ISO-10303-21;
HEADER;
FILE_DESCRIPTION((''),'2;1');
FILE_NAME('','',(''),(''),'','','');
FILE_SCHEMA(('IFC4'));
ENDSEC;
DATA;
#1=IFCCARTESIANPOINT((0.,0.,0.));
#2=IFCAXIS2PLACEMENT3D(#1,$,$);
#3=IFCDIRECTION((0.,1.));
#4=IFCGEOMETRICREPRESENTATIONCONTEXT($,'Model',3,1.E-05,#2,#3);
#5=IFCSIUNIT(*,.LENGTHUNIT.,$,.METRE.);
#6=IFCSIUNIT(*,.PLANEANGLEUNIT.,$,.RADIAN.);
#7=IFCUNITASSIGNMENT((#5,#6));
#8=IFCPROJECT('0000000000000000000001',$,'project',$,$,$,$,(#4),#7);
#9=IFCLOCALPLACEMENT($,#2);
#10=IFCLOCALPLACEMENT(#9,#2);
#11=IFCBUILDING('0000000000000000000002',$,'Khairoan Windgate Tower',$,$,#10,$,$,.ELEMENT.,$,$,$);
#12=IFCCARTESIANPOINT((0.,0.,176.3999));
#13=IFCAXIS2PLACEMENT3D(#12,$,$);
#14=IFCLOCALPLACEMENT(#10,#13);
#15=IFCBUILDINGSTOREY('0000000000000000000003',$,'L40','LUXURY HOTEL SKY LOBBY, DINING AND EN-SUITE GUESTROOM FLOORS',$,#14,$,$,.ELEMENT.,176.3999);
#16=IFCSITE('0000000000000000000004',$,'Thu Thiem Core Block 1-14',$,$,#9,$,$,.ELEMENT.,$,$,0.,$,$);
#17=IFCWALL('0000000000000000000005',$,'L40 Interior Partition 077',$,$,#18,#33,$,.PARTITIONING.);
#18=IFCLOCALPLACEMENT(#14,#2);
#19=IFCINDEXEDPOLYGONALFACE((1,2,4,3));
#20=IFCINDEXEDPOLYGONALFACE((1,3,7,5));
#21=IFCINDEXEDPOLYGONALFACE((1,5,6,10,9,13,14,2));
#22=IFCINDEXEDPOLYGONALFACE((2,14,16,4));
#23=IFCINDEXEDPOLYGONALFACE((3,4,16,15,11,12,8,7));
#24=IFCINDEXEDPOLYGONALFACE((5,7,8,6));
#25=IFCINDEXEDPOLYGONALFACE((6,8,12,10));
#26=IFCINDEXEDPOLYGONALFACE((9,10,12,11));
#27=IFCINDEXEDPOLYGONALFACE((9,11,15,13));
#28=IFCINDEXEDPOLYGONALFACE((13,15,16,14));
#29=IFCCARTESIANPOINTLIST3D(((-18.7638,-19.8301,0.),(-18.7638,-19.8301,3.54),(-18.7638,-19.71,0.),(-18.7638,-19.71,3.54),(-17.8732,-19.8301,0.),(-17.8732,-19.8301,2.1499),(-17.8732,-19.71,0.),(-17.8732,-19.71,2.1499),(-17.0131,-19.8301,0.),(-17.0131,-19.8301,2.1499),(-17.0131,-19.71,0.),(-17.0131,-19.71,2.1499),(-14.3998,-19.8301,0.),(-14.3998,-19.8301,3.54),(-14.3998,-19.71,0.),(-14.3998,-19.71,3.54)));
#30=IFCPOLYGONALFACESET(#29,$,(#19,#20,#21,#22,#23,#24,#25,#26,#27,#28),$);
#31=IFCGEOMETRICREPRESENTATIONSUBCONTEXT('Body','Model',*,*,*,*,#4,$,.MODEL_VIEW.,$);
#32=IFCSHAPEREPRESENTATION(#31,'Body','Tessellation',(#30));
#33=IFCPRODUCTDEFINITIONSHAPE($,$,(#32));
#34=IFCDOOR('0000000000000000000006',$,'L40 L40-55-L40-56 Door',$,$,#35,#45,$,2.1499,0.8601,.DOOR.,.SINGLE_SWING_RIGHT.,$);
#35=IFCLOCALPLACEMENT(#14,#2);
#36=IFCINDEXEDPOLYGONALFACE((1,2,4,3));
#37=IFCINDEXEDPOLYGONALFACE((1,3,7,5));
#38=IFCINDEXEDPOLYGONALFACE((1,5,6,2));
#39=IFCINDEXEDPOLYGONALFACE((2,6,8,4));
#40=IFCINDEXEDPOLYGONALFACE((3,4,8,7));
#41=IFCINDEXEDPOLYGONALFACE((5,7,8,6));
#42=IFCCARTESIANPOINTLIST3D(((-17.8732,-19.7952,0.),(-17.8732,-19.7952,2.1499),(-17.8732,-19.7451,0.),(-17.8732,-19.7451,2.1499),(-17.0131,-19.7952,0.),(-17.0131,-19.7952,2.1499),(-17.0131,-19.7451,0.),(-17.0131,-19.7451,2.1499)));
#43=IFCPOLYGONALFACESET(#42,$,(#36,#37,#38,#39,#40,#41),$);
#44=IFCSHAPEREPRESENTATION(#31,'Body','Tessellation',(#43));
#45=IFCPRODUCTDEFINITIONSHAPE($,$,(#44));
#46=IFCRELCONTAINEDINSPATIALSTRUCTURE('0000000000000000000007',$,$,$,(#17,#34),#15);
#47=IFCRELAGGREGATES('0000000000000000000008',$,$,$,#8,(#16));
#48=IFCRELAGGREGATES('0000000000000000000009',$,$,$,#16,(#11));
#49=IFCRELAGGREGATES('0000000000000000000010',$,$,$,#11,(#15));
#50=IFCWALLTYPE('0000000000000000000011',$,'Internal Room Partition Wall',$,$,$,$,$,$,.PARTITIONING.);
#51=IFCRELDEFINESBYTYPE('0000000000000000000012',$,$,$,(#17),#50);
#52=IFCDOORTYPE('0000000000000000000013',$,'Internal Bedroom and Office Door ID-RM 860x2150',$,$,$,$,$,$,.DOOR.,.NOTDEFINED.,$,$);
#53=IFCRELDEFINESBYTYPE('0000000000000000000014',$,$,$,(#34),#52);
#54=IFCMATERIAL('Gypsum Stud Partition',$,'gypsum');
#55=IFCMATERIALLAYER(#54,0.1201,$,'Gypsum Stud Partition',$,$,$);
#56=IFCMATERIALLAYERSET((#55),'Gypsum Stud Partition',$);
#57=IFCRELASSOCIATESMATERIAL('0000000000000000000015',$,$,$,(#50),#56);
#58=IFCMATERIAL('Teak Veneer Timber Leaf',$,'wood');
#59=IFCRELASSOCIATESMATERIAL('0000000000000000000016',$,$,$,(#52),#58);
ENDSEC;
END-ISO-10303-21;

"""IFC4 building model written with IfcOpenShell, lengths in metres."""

from ifc_helpers import new_model, si_unit, direction, frame, frame_2d, origin, place, context, subcontext, project, spatial, rectangle, extrude, material, layer, layer_set, type_object, element, fill, save


model = new_model("IFC4")

# Units and contexts
model_context = context("Model", 3, precision=1e-05, world=origin(), true_north=direction((0.0, 1.0)))
body_context = subcontext(model_context, "Body", "Model", "MODEL_VIEW")
ifc_project = project(units=[si_unit("LENGTHUNIT", "METRE"), si_unit("PLANEANGLEUNIT", "RADIAN")], contexts=[model_context])

# Site, building, storey
site_placement = place(None, origin())
site = spatial("IfcSite", under=ifc_project, at=site_placement, Name="Thu Thiem Core Block 1-14", CompositionType="ELEMENT", RefElevation=0.0)
building_placement = place(site_placement, origin())
building = spatial("IfcBuilding", under=site, at=building_placement, Name="Khairoan Windgate Tower", CompositionType="ELEMENT")
storey_placement = place(building_placement, frame((0.0, 0.0, 176.3999)))
storey = spatial("IfcBuildingStorey", under=building, at=storey_placement, Name="L40", Description="LUXURY HOTEL SKY LOBBY, DINING AND EN-SUITE GUESTROOM FLOORS", CompositionType="ELEMENT", Elevation=176.3999)

# Wall, opening, door
ifc_material_1 = material(Name="Gypsum Stud Partition", Category="gypsum")
ifc_layer_1 = layer(ifc_material_1, 0.1201, Name="Gypsum Stud Partition")
ifc_layer_set_1 = layer_set([ifc_layer_1], Name="Gypsum Stud Partition")
wall_type_1 = type_object("IfcWallType", Name="Internal Room Partition Wall", PredefinedType="PARTITIONING", material=ifc_layer_set_1)
wall_1_placement = place(storey_placement, frame((-18.7639, -19.77, 0.0), z_axis=(0.0, 0.0, 1.0), x_axis=(1.0, 0.0, 0.0)))
wall_1 = element("IfcWall", 1, at=wall_1_placement, inside=storey, type_object=wall_type_1, Name="L40 Interior Partition 077", PredefinedType="PARTITIONING", context=body_context, shape_type="SweptSolid", body=[
    extrude(rectangle(XDim=4.364, YDim=0.1201, at=frame_2d((2.1821, 0.0))), origin(), (0.0, 0.0, 1.0), 3.54),
])
opening_1_placement = place(wall_1_placement, frame((0.8906, 0.0, 0.0)))
opening_1 = element("IfcOpeningElement", 2, at=opening_1_placement, cuts=wall_1, PredefinedType="OPENING", context=body_context, shape_type="SweptSolid", body=[
    extrude(rectangle(XDim=0.8601, YDim=2.1499, at=frame_2d((0.4302, 1.075))), frame((0.0, 0.0701, 0.0), z_axis=(0.0, -1.0, 0.0), x_axis=(1.0, 0.0, 0.0)), (0.0, 0.0, 1.0), 0.1401),
])
ifc_material_2 = material(Name="Teak Veneer Timber Leaf", Category="wood")
door_type_1 = type_object("IfcDoorType", Name="Internal Bedroom and Office Door ID-RM 860x2150", OperationType="NOTDEFINED", PredefinedType="DOOR", material=ifc_material_2)
door_1_placement = place(opening_1_placement, origin())
door_1 = element("IfcDoor", 3, at=door_1_placement, inside=storey, type_object=door_type_1, Name="L40 L40-55-L40-56 Door", OperationType="SINGLE_SWING_RIGHT", OverallHeight=2.1499, OverallWidth=0.8601, PredefinedType="DOOR", context=body_context, shape_type="SweptSolid", body=[
    extrude(rectangle(XDim=0.8601, YDim=2.1499, at=frame_2d((0.4302, 1.075))), frame((0.0, 0.0249, 0.0), z_axis=(0.0, -1.0, 0.0), x_axis=(1.0, 0.0, 0.0)), (0.0, 0.0, 1.0), 0.05),
])
fill(opening_1, door_1)

save(model, "model.ifc")
